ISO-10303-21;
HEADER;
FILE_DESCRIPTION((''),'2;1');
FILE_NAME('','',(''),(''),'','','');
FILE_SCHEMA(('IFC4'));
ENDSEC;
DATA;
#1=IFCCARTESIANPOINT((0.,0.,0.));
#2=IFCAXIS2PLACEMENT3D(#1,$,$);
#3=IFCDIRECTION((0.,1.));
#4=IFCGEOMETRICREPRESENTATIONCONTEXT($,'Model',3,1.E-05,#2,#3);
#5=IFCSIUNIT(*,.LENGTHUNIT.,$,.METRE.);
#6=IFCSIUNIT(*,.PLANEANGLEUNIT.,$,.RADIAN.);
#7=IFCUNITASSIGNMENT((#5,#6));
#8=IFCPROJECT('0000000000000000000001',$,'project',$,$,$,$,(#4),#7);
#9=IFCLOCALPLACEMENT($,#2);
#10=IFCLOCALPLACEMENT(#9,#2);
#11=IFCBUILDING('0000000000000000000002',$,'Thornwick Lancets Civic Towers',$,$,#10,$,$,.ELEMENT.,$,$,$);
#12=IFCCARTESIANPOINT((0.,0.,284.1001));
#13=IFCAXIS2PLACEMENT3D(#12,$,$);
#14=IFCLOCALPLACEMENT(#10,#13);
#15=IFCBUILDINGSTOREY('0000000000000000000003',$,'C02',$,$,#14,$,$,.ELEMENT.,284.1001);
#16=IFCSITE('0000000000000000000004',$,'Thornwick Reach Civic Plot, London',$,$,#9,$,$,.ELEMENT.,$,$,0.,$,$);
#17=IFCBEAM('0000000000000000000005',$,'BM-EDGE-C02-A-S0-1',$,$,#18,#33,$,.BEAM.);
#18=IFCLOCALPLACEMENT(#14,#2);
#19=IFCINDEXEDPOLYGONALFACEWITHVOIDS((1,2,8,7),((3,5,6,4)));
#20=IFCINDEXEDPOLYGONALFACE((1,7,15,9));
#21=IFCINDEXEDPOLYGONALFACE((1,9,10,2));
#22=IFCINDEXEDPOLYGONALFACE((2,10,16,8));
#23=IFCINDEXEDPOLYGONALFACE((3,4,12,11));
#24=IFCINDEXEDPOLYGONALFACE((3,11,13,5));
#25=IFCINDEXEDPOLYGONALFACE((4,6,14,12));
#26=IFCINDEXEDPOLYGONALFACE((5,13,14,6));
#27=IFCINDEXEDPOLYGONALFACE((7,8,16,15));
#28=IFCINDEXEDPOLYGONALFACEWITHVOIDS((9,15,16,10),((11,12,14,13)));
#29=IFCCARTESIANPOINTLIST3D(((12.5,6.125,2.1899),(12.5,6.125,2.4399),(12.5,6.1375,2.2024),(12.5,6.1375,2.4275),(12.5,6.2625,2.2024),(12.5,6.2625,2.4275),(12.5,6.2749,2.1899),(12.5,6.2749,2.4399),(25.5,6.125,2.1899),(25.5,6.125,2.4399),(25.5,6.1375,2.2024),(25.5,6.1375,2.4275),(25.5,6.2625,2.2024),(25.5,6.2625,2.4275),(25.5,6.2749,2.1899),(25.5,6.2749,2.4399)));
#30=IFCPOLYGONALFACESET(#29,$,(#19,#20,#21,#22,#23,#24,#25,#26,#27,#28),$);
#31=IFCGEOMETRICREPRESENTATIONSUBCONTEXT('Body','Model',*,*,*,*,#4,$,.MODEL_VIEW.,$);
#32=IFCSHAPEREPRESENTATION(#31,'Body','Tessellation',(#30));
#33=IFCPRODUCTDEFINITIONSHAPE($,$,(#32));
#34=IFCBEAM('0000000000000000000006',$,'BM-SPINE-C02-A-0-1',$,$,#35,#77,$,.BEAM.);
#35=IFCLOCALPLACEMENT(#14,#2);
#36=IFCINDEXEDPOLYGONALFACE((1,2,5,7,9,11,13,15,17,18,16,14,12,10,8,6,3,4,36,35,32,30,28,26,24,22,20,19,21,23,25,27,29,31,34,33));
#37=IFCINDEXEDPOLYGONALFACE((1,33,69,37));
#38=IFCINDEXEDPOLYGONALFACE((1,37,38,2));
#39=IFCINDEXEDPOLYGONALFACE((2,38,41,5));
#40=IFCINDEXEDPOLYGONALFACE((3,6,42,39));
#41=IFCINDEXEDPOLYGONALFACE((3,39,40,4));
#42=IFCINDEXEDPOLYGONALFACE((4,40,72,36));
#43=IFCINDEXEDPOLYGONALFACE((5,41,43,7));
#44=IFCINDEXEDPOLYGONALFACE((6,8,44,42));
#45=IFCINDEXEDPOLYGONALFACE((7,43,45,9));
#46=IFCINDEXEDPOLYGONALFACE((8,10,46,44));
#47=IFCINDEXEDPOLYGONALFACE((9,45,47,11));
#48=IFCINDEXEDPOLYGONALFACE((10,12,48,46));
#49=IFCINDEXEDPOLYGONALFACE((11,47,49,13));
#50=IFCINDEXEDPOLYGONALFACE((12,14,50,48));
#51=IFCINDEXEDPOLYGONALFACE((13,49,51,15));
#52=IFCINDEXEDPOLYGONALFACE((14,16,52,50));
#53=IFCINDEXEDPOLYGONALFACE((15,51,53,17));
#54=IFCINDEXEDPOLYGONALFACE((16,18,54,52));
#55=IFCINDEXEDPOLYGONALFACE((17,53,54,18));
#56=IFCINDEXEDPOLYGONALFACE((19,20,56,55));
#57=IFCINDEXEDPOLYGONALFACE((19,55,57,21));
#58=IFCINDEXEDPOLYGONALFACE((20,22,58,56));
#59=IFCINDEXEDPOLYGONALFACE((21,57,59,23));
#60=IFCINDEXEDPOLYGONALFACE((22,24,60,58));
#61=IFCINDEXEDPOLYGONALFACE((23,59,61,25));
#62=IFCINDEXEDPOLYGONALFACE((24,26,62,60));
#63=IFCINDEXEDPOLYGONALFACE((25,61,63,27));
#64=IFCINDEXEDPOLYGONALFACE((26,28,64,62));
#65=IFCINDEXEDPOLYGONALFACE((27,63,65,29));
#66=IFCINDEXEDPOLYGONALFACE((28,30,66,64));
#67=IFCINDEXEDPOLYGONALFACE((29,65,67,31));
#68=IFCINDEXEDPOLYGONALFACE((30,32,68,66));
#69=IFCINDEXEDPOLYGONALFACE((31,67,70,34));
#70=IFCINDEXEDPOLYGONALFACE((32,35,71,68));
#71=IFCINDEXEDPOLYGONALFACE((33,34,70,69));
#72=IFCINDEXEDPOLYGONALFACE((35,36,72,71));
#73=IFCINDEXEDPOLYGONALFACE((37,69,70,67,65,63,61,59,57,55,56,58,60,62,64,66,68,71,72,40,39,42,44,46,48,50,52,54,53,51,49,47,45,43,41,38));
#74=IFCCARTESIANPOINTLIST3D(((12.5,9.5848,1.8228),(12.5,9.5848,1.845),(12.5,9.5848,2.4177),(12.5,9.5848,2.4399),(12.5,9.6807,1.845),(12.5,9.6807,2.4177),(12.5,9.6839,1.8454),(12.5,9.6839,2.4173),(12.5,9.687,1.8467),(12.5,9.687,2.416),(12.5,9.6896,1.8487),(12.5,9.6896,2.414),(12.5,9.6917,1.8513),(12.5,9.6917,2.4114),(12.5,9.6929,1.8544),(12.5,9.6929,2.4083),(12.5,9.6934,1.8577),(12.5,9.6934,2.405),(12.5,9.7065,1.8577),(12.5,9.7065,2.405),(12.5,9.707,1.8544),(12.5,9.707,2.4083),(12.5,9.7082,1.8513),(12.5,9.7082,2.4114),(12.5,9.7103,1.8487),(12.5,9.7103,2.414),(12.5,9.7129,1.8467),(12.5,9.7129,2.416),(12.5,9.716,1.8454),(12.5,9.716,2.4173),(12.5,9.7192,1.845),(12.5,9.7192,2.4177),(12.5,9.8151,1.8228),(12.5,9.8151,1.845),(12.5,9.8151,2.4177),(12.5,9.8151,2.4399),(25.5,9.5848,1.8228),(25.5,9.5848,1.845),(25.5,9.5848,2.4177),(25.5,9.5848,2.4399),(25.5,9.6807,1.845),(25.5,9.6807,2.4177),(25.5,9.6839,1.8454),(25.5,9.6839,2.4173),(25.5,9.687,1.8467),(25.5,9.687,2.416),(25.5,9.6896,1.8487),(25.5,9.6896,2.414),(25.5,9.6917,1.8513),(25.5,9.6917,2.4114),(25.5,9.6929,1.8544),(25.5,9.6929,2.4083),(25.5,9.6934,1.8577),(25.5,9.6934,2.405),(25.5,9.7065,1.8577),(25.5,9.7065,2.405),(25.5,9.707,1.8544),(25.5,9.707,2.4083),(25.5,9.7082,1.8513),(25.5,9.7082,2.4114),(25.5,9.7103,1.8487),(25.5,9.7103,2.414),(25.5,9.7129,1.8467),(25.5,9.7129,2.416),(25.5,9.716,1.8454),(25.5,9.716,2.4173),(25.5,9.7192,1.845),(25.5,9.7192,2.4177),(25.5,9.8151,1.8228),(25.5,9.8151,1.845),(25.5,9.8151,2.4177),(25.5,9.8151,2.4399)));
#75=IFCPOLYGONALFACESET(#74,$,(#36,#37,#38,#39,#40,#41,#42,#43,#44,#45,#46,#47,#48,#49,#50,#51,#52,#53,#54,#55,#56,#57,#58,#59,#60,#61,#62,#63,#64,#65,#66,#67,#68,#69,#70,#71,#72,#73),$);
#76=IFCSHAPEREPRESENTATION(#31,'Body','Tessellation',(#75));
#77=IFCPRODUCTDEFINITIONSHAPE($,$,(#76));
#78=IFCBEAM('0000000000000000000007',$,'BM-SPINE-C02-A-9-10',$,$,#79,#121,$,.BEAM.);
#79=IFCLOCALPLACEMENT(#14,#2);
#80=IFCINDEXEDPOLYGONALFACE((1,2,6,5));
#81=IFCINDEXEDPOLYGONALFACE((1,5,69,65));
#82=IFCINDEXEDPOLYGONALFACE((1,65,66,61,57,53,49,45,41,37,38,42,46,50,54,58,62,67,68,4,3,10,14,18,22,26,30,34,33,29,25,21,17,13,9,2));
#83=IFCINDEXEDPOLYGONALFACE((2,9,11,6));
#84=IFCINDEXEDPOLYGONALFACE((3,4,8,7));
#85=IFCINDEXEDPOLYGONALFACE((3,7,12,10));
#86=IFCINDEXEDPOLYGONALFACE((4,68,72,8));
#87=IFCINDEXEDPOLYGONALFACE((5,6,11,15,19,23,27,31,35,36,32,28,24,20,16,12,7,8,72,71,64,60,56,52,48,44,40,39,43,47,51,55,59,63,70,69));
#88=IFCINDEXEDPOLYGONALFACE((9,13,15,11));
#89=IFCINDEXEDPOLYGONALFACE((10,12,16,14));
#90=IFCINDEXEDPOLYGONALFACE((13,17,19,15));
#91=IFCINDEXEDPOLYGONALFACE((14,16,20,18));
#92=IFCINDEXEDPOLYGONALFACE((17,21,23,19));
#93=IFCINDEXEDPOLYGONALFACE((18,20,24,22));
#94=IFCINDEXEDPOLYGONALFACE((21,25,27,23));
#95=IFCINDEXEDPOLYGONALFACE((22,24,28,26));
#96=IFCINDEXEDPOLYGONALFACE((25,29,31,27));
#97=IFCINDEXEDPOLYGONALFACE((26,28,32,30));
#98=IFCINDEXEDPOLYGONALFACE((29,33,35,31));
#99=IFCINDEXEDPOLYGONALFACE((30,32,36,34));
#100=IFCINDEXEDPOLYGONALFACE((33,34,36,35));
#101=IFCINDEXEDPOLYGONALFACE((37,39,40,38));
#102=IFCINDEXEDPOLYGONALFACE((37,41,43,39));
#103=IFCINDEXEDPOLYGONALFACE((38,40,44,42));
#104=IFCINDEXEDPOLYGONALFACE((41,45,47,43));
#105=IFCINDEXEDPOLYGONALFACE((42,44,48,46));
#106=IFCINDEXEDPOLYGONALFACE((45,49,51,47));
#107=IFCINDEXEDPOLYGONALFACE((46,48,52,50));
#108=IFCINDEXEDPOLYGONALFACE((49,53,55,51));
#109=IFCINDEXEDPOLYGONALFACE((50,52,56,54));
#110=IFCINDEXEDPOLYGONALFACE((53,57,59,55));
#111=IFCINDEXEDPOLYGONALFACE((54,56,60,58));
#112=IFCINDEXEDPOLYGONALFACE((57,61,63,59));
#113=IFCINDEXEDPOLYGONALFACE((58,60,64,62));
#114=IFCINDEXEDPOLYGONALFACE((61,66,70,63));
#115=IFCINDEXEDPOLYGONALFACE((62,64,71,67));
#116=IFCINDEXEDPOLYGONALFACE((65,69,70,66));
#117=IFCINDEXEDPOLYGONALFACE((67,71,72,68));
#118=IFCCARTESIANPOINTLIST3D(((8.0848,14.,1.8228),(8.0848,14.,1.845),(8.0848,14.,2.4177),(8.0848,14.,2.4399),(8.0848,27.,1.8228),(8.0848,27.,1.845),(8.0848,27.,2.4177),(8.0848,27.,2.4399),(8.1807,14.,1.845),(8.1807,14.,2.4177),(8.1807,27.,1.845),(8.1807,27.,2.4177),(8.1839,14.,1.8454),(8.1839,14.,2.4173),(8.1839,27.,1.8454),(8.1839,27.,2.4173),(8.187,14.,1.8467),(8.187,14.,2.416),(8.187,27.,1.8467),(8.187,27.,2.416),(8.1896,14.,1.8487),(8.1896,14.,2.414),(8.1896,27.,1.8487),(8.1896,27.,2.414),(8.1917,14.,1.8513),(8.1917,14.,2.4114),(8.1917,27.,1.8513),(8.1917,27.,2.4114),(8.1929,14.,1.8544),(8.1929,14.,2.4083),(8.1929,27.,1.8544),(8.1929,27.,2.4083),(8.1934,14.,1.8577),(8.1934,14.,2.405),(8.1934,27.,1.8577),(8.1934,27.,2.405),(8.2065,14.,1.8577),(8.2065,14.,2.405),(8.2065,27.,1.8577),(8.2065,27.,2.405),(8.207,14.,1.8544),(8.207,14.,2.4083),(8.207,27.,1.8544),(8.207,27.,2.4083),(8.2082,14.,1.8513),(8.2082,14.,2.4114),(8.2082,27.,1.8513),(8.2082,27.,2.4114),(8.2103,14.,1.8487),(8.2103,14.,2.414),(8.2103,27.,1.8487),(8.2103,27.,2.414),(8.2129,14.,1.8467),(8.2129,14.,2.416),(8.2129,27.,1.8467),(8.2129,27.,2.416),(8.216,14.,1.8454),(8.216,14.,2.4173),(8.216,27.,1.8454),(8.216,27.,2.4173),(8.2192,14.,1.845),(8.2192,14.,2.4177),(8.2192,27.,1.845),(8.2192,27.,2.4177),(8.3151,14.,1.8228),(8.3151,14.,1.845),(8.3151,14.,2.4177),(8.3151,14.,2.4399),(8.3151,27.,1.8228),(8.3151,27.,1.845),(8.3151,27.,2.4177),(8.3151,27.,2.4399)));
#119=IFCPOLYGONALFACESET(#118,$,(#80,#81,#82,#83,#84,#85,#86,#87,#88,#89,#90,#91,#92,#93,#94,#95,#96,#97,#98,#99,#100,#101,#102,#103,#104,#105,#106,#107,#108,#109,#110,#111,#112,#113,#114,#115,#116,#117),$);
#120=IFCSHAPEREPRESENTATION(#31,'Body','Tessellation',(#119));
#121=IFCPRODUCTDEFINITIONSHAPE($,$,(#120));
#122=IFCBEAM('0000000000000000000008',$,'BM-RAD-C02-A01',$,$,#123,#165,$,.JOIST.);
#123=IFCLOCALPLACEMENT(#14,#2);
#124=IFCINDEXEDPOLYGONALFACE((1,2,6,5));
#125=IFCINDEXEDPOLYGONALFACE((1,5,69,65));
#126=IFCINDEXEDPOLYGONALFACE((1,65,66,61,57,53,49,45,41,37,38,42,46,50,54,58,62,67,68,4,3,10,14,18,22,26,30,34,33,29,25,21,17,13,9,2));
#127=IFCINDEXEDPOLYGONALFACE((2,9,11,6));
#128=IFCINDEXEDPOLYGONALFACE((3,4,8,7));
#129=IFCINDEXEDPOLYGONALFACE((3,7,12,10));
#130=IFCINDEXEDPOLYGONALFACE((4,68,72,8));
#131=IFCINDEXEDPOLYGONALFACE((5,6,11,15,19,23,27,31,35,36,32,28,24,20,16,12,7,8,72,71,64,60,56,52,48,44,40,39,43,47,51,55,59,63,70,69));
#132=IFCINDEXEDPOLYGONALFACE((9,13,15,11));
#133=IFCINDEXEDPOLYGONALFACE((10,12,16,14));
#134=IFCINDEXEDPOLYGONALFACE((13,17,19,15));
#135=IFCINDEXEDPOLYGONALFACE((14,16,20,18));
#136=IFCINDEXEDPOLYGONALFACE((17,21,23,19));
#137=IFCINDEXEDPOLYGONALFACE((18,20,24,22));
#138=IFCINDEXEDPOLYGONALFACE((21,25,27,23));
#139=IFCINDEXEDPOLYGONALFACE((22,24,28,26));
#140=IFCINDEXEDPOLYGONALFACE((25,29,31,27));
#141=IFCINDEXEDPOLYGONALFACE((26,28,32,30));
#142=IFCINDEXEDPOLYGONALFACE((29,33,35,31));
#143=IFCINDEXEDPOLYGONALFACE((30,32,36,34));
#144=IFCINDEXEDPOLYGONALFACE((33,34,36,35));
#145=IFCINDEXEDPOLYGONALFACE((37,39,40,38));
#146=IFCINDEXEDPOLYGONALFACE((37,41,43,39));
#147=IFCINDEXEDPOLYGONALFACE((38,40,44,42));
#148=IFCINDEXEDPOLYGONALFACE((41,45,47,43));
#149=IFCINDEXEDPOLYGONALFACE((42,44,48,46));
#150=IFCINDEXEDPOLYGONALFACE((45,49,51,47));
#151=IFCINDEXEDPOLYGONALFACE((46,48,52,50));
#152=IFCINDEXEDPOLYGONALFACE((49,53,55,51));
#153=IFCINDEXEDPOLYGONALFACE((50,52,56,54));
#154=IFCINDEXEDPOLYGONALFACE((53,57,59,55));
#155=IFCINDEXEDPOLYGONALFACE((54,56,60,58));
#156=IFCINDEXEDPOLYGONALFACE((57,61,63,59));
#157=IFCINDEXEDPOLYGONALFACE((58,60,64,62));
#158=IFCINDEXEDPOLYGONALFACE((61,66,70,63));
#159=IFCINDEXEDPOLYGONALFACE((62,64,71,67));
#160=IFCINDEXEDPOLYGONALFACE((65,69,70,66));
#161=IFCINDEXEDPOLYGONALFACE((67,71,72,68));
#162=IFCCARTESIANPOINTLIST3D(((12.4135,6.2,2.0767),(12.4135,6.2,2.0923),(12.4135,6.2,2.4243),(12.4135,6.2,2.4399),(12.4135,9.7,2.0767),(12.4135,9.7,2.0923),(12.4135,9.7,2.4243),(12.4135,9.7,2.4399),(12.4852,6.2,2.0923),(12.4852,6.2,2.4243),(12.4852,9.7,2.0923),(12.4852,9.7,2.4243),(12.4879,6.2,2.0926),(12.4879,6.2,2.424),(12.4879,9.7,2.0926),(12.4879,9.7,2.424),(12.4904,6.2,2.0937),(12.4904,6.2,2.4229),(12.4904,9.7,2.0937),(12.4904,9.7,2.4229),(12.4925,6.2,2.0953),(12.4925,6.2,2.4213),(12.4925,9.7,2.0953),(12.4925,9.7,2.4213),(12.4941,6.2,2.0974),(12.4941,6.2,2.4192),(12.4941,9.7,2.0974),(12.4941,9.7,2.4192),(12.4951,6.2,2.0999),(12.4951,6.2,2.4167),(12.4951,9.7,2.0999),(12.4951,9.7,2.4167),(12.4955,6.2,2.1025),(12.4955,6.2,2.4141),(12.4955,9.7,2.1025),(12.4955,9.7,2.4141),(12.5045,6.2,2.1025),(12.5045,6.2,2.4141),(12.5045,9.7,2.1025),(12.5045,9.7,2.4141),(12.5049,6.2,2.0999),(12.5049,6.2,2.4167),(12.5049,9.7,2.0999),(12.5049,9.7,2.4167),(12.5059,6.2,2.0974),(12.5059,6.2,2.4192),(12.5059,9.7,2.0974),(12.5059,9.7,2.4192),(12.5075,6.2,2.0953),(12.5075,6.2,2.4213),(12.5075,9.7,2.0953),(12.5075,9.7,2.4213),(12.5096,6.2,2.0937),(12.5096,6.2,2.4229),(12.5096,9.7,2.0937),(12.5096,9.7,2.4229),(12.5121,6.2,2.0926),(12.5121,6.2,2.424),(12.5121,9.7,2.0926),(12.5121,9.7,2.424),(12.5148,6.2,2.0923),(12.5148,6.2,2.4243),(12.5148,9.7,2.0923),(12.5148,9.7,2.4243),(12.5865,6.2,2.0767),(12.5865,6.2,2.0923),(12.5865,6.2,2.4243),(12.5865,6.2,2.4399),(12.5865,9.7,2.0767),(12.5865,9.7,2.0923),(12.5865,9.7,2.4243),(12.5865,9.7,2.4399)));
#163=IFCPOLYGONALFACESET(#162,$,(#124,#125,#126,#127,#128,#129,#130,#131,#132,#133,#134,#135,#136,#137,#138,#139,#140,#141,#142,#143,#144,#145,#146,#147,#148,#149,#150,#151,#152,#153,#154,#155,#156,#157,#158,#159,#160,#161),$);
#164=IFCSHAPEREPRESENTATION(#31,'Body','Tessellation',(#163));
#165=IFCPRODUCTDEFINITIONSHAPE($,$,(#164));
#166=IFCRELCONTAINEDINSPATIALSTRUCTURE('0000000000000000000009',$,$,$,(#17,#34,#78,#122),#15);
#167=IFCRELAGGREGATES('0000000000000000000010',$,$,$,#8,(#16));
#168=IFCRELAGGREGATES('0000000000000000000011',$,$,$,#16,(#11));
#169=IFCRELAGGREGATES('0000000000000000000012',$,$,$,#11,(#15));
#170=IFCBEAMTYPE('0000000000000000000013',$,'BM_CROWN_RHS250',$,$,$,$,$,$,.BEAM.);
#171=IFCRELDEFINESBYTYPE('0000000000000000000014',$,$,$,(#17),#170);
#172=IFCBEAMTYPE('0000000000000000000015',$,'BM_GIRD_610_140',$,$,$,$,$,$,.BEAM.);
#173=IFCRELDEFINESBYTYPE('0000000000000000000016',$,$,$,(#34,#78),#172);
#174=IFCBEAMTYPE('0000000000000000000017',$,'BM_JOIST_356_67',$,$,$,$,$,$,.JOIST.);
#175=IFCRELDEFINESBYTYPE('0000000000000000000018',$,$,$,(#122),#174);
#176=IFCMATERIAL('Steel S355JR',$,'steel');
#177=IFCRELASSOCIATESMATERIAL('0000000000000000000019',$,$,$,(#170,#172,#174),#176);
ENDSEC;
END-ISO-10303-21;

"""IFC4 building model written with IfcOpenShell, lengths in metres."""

from ifc_helpers import new_model, si_unit, direction, frame, origin, origin_2d, place, context, subcontext, project, spatial, hollow_rectangle, i_section, extrude, material, material_profile, profile_set, type_object, element, save


model = new_model("IFC4")

# Units and contexts
model_context = context("Model", 3, precision=1e-05, world=origin(), true_north=direction((0.0, 1.0)))
body_context = subcontext(model_context, "Body", "Model", "MODEL_VIEW")
ifc_project = project(units=[si_unit("LENGTHUNIT", "METRE"), si_unit("PLANEANGLEUNIT", "RADIAN")], contexts=[model_context])

# Site, building, storey
site_placement = place(None, origin())
site = spatial("IfcSite", under=ifc_project, at=site_placement, Name="Thornwick Reach Civic Plot, London", CompositionType="ELEMENT", RefElevation=0.0)
building_placement = place(site_placement, origin())
building = spatial("IfcBuilding", under=site, at=building_placement, Name="Thornwick Lancets Civic Towers", CompositionType="ELEMENT")
storey_placement = place(building_placement, frame((0.0, 0.0, 284.1001)))
storey = spatial("IfcBuildingStorey", under=building, at=storey_placement, Name="C02", CompositionType="ELEMENT", Elevation=284.1001)

# Shared definitions
ifc_material_1 = material(Name="Steel S355JR", Category="steel")

# Beams
ifc_material_profile_1 = material_profile(ifc_material_1, hollow_rectangle(XDim=0.1499, YDim=0.25, WallThickness=0.0125, at=origin_2d()), Name="RHS 250x150x12.5")
ifc_profile_set_1 = profile_set([ifc_material_profile_1], Name="Steel S355JR")
beam_type_1 = type_object("IfcBeamType", Name="BM_CROWN_RHS250", PredefinedType="BEAM", material=ifc_profile_set_1)
beam_1_placement = place(storey_placement, frame((12.5, 6.2, 2.3149), z_axis=(1.0, 0.0, 0.0), x_axis=(0.0, 1.0, 0.0)))
element("IfcBeam", 1, at=beam_1_placement, inside=storey, type_object=beam_type_1, Name="BM-EDGE-C02-A-S0-1", PredefinedType="BEAM", context=body_context, shape_type="SweptSolid", body=[
    extrude(hollow_rectangle(XDim=0.1499, YDim=0.25, WallThickness=0.0125, at=origin_2d()), origin(), (0.0, 0.0, 1.0), 13.0),
])
ifc_material_profile_2 = material_profile(ifc_material_1, i_section(OverallWidth=0.2302, OverallDepth=0.6172, WebThickness=0.0132, FlangeThickness=0.0222, FilletRadius=0.0127, at=origin_2d()), Name="UKB 610x229x140")
ifc_profile_set_2 = profile_set([ifc_material_profile_2], Name="Steel S355JR")
beam_type_2 = type_object("IfcBeamType", Name="BM_GIRD_610_140", PredefinedType="BEAM", material=ifc_profile_set_2)
for number, where, z_axis, x_axis, name in (
    (2, (12.5, 9.7, 2.1313), (1.0, 0.0, 0.0), (0.0, 1.0, 0.0), "BM-SPINE-C02-A-0-1"),
    (3, (8.2, 14.0, 2.1313), (0.0, 1.0, 0.0), (-1.0, 0.0, 0.0), "BM-SPINE-C02-A-9-10"),
):
    element("IfcBeam", number, at=place(storey_placement, frame(where, z_axis=z_axis, x_axis=x_axis)), inside=storey, type_object=beam_type_2, Name=name, PredefinedType="BEAM", context=body_context, shape_type="SweptSolid", body=[
        extrude(i_section(OverallWidth=0.2302, OverallDepth=0.6172, WebThickness=0.0132, FlangeThickness=0.0222, FilletRadius=0.0127, at=origin_2d()), origin(), (0.0, 0.0, 1.0), 13.0),
    ])
ifc_material_profile_3 = material_profile(ifc_material_1, i_section(OverallWidth=0.1731, OverallDepth=0.3633, WebThickness=0.009, FlangeThickness=0.0156, FilletRadius=0.0103, at=origin_2d()), Name="UKB 356x171x67")
ifc_profile_set_3 = profile_set([ifc_material_profile_3], Name="Steel S355JR")
beam_type_3 = type_object("IfcBeamType", Name="BM_JOIST_356_67", PredefinedType="JOIST", material=ifc_profile_set_3)
for number, where, z_axis, x_axis, name in (
    (4, (12.5, 9.7, 2.2583), (0.0, -1.0, 0.0), (1.0, 0.0, 0.0), "BM-RAD-C02-A01"),
):
    element("IfcBeam", number, at=place(storey_placement, frame(where, z_axis=z_axis, x_axis=x_axis)), inside=storey, type_object=beam_type_3, Name=name, PredefinedType="JOIST", context=body_context, shape_type="SweptSolid", body=[
        extrude(i_section(OverallWidth=0.1731, OverallDepth=0.3633, WebThickness=0.009, FlangeThickness=0.0156, FilletRadius=0.0103, at=origin_2d()), origin(), (0.0, 0.0, 1.0), 3.5),
    ])

save(model, "model.ifc")
